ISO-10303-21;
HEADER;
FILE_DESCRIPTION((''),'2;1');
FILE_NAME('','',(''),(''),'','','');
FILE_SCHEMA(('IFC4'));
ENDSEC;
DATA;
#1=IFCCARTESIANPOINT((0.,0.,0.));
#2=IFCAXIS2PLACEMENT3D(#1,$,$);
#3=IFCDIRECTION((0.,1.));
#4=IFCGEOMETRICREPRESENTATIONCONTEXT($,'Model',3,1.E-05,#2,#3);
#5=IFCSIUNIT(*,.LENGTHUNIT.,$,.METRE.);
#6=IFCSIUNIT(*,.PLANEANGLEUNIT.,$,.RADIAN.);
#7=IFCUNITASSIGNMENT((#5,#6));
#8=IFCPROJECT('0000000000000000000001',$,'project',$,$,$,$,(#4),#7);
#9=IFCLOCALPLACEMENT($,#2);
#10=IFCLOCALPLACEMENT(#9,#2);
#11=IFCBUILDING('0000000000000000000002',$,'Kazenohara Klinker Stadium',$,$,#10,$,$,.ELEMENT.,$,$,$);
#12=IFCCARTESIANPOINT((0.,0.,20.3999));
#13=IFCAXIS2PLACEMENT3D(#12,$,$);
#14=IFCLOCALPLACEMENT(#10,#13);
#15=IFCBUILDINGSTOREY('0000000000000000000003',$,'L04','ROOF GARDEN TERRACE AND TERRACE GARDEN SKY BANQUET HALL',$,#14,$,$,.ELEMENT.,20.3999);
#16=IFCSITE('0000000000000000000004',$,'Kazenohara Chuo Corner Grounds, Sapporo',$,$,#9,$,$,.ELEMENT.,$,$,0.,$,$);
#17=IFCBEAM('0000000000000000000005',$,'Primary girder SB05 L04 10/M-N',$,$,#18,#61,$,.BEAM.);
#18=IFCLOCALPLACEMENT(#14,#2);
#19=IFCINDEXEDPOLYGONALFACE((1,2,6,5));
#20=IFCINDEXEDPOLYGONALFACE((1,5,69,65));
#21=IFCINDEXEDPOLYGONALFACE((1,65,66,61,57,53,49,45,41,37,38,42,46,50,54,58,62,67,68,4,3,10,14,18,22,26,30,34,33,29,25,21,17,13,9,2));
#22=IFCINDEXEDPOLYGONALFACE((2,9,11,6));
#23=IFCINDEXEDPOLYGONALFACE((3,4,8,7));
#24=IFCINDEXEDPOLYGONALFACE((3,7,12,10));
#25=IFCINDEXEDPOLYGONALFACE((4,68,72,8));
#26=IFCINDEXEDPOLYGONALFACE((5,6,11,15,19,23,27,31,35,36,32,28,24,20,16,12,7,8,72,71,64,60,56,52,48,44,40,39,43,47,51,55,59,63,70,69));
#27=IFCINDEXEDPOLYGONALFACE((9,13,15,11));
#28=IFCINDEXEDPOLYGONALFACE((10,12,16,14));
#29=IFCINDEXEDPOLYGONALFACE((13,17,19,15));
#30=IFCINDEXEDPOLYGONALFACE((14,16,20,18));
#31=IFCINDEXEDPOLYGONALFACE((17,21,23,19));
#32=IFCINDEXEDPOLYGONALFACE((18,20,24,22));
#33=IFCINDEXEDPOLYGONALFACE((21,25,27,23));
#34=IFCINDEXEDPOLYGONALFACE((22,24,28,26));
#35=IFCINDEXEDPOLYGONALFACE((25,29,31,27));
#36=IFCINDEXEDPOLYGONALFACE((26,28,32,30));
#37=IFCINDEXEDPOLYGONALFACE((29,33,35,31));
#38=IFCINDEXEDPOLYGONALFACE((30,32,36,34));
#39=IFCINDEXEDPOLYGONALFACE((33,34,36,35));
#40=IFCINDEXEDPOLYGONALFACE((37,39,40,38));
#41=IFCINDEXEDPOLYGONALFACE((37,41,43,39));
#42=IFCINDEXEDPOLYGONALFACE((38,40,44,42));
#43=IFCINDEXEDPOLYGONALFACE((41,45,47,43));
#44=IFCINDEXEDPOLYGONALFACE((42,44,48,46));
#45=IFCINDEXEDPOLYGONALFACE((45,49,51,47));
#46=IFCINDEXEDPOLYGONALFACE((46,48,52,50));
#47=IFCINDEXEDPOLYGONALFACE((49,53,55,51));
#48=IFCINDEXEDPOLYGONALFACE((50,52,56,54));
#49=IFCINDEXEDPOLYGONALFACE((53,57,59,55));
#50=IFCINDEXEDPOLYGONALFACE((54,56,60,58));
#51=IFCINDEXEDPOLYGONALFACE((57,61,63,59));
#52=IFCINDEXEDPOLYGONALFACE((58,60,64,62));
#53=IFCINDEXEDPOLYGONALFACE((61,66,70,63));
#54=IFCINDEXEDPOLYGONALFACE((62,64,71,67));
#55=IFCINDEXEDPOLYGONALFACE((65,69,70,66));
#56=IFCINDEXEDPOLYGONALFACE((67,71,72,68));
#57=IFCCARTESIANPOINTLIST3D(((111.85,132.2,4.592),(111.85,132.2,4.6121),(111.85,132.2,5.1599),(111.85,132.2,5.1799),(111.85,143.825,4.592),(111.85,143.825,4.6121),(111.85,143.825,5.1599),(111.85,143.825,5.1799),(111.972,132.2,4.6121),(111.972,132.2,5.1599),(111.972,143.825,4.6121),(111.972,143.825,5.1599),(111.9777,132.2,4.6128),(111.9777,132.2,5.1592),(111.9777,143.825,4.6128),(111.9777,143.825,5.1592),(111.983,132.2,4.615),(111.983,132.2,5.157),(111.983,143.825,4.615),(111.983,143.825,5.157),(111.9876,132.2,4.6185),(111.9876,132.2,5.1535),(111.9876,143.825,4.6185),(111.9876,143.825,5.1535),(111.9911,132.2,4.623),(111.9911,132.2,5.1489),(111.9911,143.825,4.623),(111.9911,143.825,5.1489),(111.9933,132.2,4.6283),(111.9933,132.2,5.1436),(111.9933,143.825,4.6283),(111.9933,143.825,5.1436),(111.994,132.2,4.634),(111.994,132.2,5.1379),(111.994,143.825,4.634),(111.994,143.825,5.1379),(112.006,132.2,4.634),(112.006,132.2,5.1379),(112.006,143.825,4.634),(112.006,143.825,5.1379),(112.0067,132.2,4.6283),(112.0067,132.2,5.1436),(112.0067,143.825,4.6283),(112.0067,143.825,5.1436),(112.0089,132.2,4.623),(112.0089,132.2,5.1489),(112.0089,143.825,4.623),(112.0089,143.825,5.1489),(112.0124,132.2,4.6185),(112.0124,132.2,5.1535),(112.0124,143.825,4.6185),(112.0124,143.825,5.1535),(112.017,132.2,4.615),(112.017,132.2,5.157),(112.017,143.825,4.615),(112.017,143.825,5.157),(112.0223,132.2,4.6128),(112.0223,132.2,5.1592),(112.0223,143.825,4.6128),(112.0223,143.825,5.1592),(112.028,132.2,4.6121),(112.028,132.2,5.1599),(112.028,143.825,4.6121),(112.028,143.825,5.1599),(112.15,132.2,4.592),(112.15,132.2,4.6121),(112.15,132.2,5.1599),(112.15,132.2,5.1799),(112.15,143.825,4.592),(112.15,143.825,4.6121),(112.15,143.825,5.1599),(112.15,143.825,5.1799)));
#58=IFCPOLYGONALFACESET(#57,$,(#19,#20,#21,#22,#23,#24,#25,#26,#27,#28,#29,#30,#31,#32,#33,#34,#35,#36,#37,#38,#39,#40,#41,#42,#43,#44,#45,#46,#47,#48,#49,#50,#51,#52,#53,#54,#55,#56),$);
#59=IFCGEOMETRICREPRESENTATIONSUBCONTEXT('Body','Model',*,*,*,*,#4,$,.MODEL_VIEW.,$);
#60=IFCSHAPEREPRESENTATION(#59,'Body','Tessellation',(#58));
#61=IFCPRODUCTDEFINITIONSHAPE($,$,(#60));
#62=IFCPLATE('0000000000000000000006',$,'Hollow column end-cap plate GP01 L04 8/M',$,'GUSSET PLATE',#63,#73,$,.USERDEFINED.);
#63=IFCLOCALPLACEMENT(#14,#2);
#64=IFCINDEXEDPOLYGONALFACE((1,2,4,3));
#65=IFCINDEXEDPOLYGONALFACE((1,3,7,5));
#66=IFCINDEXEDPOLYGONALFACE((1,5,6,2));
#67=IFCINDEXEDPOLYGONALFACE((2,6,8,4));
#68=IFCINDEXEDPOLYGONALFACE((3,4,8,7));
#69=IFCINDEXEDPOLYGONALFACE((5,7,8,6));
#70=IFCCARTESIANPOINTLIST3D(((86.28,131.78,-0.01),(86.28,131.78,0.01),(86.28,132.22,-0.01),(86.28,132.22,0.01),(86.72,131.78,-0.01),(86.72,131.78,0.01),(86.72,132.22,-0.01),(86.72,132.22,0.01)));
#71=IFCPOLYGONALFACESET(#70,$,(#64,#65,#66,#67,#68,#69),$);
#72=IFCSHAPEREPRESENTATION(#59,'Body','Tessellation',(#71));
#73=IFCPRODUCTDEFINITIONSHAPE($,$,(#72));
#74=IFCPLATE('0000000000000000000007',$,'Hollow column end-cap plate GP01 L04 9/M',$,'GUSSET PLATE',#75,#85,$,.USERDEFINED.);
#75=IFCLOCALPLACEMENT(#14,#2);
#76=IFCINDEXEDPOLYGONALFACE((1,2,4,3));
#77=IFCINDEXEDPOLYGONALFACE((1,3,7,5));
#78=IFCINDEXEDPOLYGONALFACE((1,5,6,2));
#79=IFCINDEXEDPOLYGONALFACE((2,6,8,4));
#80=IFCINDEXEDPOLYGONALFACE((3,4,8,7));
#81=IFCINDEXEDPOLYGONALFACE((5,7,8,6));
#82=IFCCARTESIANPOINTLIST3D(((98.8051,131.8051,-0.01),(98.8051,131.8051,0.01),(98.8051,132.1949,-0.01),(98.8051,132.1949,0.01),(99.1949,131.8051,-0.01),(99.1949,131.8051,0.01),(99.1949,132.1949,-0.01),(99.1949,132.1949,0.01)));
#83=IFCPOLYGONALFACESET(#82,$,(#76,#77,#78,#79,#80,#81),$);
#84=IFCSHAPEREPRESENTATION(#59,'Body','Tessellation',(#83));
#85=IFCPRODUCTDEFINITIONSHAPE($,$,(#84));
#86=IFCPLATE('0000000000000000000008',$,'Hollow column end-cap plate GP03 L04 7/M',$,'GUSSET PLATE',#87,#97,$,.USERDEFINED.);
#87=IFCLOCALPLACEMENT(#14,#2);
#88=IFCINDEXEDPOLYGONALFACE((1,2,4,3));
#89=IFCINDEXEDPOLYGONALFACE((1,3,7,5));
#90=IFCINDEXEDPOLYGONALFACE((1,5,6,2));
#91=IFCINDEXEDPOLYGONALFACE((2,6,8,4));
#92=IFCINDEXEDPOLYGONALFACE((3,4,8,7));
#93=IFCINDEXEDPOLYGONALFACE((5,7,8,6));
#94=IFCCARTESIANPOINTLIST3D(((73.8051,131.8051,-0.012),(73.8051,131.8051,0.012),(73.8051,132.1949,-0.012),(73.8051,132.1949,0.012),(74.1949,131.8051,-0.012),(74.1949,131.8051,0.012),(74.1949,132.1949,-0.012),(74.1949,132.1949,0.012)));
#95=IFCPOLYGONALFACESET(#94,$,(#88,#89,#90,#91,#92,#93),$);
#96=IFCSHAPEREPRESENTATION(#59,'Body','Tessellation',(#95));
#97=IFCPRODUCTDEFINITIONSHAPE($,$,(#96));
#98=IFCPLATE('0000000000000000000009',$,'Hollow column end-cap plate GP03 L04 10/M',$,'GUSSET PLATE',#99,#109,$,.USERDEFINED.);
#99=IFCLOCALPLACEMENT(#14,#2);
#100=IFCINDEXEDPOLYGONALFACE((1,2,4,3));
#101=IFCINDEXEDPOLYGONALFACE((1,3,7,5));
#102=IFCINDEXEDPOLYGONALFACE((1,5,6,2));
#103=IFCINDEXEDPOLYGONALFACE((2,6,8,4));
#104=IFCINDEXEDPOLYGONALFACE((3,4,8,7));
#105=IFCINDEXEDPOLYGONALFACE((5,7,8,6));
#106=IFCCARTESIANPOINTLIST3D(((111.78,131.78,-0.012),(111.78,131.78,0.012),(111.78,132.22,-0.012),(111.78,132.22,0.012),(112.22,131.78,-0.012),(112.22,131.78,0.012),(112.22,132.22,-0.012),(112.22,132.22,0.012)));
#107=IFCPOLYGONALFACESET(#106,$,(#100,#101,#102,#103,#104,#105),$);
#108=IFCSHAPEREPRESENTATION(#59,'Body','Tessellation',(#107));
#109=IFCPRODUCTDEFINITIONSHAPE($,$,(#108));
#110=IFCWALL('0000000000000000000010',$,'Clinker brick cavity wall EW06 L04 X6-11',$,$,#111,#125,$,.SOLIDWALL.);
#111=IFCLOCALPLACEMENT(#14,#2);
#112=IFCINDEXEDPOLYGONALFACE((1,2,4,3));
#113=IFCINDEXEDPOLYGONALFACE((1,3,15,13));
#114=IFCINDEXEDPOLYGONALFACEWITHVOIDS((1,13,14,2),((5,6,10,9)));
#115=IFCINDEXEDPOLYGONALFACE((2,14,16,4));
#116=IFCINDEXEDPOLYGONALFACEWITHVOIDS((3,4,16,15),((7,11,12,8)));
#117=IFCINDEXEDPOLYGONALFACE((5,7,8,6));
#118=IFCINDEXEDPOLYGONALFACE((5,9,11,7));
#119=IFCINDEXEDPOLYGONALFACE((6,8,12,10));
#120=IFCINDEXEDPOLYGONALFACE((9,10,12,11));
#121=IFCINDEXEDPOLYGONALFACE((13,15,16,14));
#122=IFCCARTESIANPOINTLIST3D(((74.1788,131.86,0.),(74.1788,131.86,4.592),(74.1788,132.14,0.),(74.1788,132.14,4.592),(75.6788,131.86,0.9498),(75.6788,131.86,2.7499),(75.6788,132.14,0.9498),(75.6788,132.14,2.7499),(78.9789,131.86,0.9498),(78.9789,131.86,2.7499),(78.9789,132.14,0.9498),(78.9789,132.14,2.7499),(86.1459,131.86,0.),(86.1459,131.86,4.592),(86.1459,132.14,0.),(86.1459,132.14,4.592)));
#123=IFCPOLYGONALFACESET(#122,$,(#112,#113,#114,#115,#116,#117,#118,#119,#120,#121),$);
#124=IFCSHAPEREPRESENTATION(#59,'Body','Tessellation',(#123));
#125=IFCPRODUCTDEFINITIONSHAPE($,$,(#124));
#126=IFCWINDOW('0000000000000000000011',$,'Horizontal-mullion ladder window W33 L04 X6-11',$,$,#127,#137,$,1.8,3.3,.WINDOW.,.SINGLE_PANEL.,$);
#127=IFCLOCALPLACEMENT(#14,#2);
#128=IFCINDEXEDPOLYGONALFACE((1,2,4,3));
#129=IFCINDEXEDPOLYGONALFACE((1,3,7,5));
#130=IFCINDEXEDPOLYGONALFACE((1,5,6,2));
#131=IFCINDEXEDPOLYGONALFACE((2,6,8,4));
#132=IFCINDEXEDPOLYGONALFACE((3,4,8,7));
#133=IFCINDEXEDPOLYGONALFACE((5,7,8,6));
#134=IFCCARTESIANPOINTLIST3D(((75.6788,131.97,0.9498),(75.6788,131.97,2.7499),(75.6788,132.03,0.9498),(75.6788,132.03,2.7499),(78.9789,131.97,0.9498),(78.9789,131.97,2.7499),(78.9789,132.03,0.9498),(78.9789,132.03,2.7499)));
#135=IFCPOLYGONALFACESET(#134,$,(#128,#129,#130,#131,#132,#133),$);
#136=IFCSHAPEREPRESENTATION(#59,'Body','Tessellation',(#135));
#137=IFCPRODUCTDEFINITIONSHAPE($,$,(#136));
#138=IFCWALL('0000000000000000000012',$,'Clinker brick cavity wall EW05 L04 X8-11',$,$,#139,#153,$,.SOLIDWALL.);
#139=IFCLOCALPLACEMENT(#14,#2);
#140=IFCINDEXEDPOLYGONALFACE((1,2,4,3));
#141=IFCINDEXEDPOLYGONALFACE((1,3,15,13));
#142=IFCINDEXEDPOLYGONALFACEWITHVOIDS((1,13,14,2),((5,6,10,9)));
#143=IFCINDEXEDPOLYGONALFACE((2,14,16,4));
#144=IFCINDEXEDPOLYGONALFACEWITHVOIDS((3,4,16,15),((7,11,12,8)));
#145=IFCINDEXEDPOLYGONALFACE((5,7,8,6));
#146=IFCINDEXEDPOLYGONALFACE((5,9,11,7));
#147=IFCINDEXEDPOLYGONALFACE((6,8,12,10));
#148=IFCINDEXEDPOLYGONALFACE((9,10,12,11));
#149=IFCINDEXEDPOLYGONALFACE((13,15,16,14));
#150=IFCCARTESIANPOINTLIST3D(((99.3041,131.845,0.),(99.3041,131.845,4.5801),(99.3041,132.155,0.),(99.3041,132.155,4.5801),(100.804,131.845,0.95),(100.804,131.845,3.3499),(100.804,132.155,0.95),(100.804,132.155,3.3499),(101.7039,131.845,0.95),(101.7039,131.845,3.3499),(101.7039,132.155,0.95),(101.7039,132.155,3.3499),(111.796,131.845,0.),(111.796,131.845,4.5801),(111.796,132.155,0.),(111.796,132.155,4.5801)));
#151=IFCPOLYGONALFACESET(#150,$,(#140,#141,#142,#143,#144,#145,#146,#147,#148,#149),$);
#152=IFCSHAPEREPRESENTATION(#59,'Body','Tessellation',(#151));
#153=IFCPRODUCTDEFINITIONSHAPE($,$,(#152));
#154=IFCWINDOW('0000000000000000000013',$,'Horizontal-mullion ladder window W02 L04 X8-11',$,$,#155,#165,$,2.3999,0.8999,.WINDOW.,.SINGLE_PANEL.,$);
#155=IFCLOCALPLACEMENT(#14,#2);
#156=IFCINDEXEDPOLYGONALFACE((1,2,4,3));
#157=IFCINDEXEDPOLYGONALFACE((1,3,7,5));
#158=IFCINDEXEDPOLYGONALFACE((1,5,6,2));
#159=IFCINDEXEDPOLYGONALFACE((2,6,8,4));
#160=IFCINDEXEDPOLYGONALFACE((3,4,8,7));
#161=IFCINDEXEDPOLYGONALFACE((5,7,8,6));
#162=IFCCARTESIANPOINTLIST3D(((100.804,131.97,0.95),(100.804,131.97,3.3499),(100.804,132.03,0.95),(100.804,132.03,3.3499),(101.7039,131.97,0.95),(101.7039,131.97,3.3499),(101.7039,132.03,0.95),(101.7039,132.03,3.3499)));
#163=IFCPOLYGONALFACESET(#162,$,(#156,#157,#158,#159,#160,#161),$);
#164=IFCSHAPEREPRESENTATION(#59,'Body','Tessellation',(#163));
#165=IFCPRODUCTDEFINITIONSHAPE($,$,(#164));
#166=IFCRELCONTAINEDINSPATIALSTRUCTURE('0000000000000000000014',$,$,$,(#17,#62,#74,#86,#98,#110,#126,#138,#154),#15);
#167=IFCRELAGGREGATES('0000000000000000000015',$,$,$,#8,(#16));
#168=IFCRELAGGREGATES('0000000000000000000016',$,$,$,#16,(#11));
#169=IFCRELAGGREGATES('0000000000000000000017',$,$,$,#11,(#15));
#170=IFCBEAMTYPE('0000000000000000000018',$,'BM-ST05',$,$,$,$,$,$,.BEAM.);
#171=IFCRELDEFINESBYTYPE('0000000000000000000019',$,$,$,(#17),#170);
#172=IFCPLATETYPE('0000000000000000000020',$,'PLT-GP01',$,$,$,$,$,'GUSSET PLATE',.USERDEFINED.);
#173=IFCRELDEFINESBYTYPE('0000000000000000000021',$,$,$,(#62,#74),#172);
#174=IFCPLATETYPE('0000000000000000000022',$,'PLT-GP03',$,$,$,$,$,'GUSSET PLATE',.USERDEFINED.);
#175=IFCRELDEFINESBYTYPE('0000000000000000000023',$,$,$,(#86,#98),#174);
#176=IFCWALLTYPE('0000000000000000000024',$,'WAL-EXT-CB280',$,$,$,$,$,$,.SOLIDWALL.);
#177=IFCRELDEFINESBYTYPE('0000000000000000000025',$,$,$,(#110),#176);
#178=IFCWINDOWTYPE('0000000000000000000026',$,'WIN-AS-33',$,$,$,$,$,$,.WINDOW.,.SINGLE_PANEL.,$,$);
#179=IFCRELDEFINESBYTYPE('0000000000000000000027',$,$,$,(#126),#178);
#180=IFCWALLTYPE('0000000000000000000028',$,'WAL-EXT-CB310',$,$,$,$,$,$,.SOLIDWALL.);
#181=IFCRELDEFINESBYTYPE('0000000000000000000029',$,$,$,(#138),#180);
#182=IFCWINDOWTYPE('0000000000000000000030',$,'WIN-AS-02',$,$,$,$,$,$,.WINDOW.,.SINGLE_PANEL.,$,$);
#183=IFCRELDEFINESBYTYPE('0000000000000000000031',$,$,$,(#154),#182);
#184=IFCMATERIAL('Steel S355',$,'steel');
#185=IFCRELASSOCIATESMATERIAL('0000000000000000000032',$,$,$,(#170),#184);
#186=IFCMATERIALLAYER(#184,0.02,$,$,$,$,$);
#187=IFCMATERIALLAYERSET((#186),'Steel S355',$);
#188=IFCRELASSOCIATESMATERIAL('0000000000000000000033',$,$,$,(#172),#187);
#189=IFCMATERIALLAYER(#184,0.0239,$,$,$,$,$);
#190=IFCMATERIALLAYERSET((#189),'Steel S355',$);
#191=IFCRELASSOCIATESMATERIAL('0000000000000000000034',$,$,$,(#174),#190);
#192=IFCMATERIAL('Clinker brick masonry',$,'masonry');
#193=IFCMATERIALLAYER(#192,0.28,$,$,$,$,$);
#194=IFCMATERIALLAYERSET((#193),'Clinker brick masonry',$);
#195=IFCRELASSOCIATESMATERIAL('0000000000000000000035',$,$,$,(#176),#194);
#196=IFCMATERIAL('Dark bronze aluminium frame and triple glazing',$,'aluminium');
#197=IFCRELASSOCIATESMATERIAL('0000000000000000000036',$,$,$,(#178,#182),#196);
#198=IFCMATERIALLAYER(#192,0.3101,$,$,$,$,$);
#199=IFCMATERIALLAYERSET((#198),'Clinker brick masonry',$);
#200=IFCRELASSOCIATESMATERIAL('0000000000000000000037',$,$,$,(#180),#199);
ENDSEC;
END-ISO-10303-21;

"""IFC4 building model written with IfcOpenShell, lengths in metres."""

from ifc_helpers import new_model, si_unit, direction, frame, frame_2d, origin, origin_2d, place, context, subcontext, project, spatial, rectangle, i_section, extrude, material, layer, layer_set, material_profile, profile_set, type_object, element, fill, save


model = new_model("IFC4")

# Units and contexts
model_context = context("Model", 3, precision=1e-05, world=origin(), true_north=direction((0.0, 1.0)))
body_context = subcontext(model_context, "Body", "Model", "MODEL_VIEW")
ifc_project = project(units=[si_unit("LENGTHUNIT", "METRE"), si_unit("PLANEANGLEUNIT", "RADIAN")], contexts=[model_context])

# Site, building, storey
site_placement = place(None, origin())
site = spatial("IfcSite", under=ifc_project, at=site_placement, Name="Kazenohara Chuo Corner Grounds, Sapporo", CompositionType="ELEMENT", RefElevation=0.0)
building_placement = place(site_placement, origin())
building = spatial("IfcBuilding", under=site, at=building_placement, Name="Kazenohara Klinker Stadium", CompositionType="ELEMENT")
storey_placement = place(building_placement, frame((0.0, 0.0, 20.3999)))
storey = spatial("IfcBuildingStorey", under=building, at=storey_placement, Name="L04", Description="ROOF GARDEN TERRACE AND TERRACE GARDEN SKY BANQUET HALL", CompositionType="ELEMENT", Elevation=20.3999)

# Shared definitions
ifc_material_1 = material(Name="Steel S355", Category="steel")

# Beam
ifc_material_profile_1 = material_profile(ifc_material_1, i_section(OverallWidth=0.3, OverallDepth=0.5879, WebThickness=0.012, FlangeThickness=0.02, FilletRadius=0.022, at=origin_2d()), Name="H-588x300x12x20")
ifc_profile_set_1 = profile_set([ifc_material_profile_1], Name="Steel S355")
beam_type_1 = type_object("IfcBeamType", Name="BM-ST05", PredefinedType="BEAM", material=ifc_profile_set_1)
beam_1_placement = place(storey_placement, frame((112.0, 132.2, 4.886), z_axis=(0.0, 1.0, 0.0), x_axis=(-1.0, 0.0, 0.0)))
element("IfcBeam", 1, at=beam_1_placement, inside=storey, type_object=beam_type_1, Name="Primary girder SB05 L04 10/M-N", PredefinedType="BEAM", context=body_context, shape_type="SweptSolid", body=[
    extrude(i_section(OverallWidth=0.3, OverallDepth=0.5879, WebThickness=0.012, FlangeThickness=0.02, FilletRadius=0.022, at=origin_2d()), origin(), (0.0, 0.0, 1.0), 11.625),
])

# Plates
ifc_layer_1 = layer(ifc_material_1, 0.02)
ifc_layer_set_1 = layer_set([ifc_layer_1], Name="Steel S355")
plate_type_1 = type_object("IfcPlateType", Name="PLT-GP01", ElementType="GUSSET PLATE", PredefinedType="USERDEFINED", material=ifc_layer_set_1)
plate_1_placement = place(storey_placement, frame((86.5, 132.0, -0.01), z_axis=(0.0, 0.0, 1.0), x_axis=(1.0, 0.0, 0.0)))
element("IfcPlate", 2, at=plate_1_placement, inside=storey, type_object=plate_type_1, Name="Hollow column end-cap plate GP01 L04 8/M", ObjectType="GUSSET PLATE", PredefinedType="USERDEFINED", context=body_context, shape_type="SweptSolid", body=[
    extrude(rectangle(XDim=0.4399, YDim=0.4399, at=origin_2d()), origin(), (0.0, 0.0, 1.0), 0.02),
])
plate_2_placement = place(storey_placement, frame((99.0, 132.0, -0.01), z_axis=(0.0, 0.0, 1.0), x_axis=(1.0, 0.0, 0.0)))
element("IfcPlate", 3, at=plate_2_placement, inside=storey, type_object=plate_type_1, Name="Hollow column end-cap plate GP01 L04 9/M", ObjectType="GUSSET PLATE", PredefinedType="USERDEFINED", context=body_context, shape_type="SweptSolid", body=[
    extrude(rectangle(XDim=0.3899, YDim=0.3899, at=origin_2d()), origin(), (0.0, 0.0, 1.0), 0.02),
])
ifc_layer_2 = layer(ifc_material_1, 0.0239)
ifc_layer_set_2 = layer_set([ifc_layer_2], Name="Steel S355")
plate_type_2 = type_object("IfcPlateType", Name="PLT-GP03", ElementType="GUSSET PLATE", PredefinedType="USERDEFINED", material=ifc_layer_set_2)
plate_3_placement = place(storey_placement, frame((74.0, 132.0, -0.012), z_axis=(0.0, 0.0, 1.0), x_axis=(1.0, 0.0, 0.0)))
element("IfcPlate", 4, at=plate_3_placement, inside=storey, type_object=plate_type_2, Name="Hollow column end-cap plate GP03 L04 7/M", ObjectType="GUSSET PLATE", PredefinedType="USERDEFINED", context=body_context, shape_type="SweptSolid", body=[
    extrude(rectangle(XDim=0.3899, YDim=0.3899, at=origin_2d()), origin(), (0.0, 0.0, 1.0), 0.0239),
])
plate_4_placement = place(storey_placement, frame((112.0, 132.0, -0.012), z_axis=(0.0, 0.0, 1.0), x_axis=(1.0, 0.0, 0.0)))
element("IfcPlate", 5, at=plate_4_placement, inside=storey, type_object=plate_type_2, Name="Hollow column end-cap plate GP03 L04 10/M", ObjectType="GUSSET PLATE", PredefinedType="USERDEFINED", context=body_context, shape_type="SweptSolid", body=[
    extrude(rectangle(XDim=0.4399, YDim=0.4399, at=origin_2d()), origin(), (0.0, 0.0, 1.0), 0.0239),
])

# Walls, openings, windows
ifc_material_2 = material(Name="Clinker brick masonry", Category="masonry")
ifc_layer_3 = layer(ifc_material_2, 0.28)
ifc_layer_set_3 = layer_set([ifc_layer_3], Name="Clinker brick masonry")
wall_type_1 = type_object("IfcWallType", Name="WAL-EXT-CB280", PredefinedType="SOLIDWALL", material=ifc_layer_set_3)
wall_1_placement = place(storey_placement, frame((74.179, 132.0, 0.0), z_axis=(0.0, 0.0, 1.0), x_axis=(1.0, 0.0, 0.0)))
wall_1 = element("IfcWall", 6, at=wall_1_placement, inside=storey, type_object=wall_type_1, Name="Clinker brick cavity wall EW06 L04 X6-11", PredefinedType="SOLIDWALL", context=body_context, shape_type="SweptSolid", body=[
    extrude(rectangle(XDim=11.967, YDim=0.28, at=frame_2d((5.9834, 0.0))), origin(), (0.0, 0.0, 1.0), 4.592),
])
opening_1_placement = place(wall_1_placement, frame((1.5, 0.0, 0.95)))
opening_1 = element("IfcOpeningElement", 7, at=opening_1_placement, cuts=wall_1, PredefinedType="OPENING", context=body_context, shape_type="SweptSolid", body=[
    extrude(rectangle(XDim=3.3, YDim=1.8, at=frame_2d((1.6499, 0.8999))), frame((0.0, 0.1499, 0.0), z_axis=(0.0, -1.0, 0.0), x_axis=(1.0, 0.0, 0.0)), (0.0, 0.0, 1.0), 0.3),
])
ifc_material_3 = material(Name="Dark bronze aluminium frame and triple glazing", Category="aluminium")
window_type_1 = type_object("IfcWindowType", Name="WIN-AS-33", PartitioningType="SINGLE_PANEL", PredefinedType="WINDOW", material=ifc_material_3)
window_1_placement = place(opening_1_placement, origin())
window_1 = element("IfcWindow", 8, at=window_1_placement, inside=storey, type_object=window_type_1, Name="Horizontal-mullion ladder window W33 L04 X6-11", OverallHeight=1.8, OverallWidth=3.3, PartitioningType="SINGLE_PANEL", PredefinedType="WINDOW", context=body_context, shape_type="SweptSolid", body=[
    extrude(rectangle(XDim=3.3, YDim=1.8, at=frame_2d((1.6499, 0.8999))), frame((0.0, 0.03, 0.0), z_axis=(0.0, -1.0, 0.0), x_axis=(1.0, 0.0, 0.0)), (0.0, 0.0, 1.0), 0.0601),
])
fill(opening_1, window_1)
ifc_layer_4 = layer(ifc_material_2, 0.3101)
ifc_layer_set_4 = layer_set([ifc_layer_4], Name="Clinker brick masonry")
wall_type_2 = type_object("IfcWallType", Name="WAL-EXT-CB310", PredefinedType="SOLIDWALL", material=ifc_layer_set_4)
wall_2_placement = place(storey_placement, frame((99.304, 132.0, 0.0), z_axis=(0.0, 0.0, 1.0), x_axis=(1.0, 0.0, 0.0)))
wall_2 = element("IfcWall", 9, at=wall_2_placement, inside=storey, type_object=wall_type_2, Name="Clinker brick cavity wall EW05 L04 X8-11", PredefinedType="SOLIDWALL", context=body_context, shape_type="SweptSolid", body=[
    extrude(rectangle(XDim=12.4919, YDim=0.3101, at=frame_2d((6.2461, 0.0))), origin(), (0.0, 0.0, 1.0), 4.5801),
])
opening_2_placement = place(wall_2_placement, frame((1.5, 0.0, 0.95)))
opening_2 = element("IfcOpeningElement", 10, at=opening_2_placement, cuts=wall_2, PredefinedType="OPENING", context=body_context, shape_type="SweptSolid", body=[
    extrude(rectangle(XDim=0.8999, YDim=2.3999, at=frame_2d((0.45, 1.2))), frame((0.0, 0.165, 0.0), z_axis=(0.0, -1.0, 0.0), x_axis=(1.0, 0.0, 0.0)), (0.0, 0.0, 1.0), 0.3301),
])
window_type_2 = type_object("IfcWindowType", Name="WIN-AS-02", PartitioningType="SINGLE_PANEL", PredefinedType="WINDOW", material=ifc_material_3)
window_2_placement = place(opening_2_placement, origin())
window_2 = element("IfcWindow", 11, at=window_2_placement, inside=storey, type_object=window_type_2, Name="Horizontal-mullion ladder window W02 L04 X8-11", OverallHeight=2.3999, OverallWidth=0.8999, PartitioningType="SINGLE_PANEL", PredefinedType="WINDOW", context=body_context, shape_type="SweptSolid", body=[
    extrude(rectangle(XDim=0.8999, YDim=2.3999, at=frame_2d((0.45, 1.2))), frame((0.0, 0.03, 0.0), z_axis=(0.0, -1.0, 0.0), x_axis=(1.0, 0.0, 0.0)), (0.0, 0.0, 1.0), 0.0601),
])
fill(opening_2, window_2)

save(model, "model.ifc")
